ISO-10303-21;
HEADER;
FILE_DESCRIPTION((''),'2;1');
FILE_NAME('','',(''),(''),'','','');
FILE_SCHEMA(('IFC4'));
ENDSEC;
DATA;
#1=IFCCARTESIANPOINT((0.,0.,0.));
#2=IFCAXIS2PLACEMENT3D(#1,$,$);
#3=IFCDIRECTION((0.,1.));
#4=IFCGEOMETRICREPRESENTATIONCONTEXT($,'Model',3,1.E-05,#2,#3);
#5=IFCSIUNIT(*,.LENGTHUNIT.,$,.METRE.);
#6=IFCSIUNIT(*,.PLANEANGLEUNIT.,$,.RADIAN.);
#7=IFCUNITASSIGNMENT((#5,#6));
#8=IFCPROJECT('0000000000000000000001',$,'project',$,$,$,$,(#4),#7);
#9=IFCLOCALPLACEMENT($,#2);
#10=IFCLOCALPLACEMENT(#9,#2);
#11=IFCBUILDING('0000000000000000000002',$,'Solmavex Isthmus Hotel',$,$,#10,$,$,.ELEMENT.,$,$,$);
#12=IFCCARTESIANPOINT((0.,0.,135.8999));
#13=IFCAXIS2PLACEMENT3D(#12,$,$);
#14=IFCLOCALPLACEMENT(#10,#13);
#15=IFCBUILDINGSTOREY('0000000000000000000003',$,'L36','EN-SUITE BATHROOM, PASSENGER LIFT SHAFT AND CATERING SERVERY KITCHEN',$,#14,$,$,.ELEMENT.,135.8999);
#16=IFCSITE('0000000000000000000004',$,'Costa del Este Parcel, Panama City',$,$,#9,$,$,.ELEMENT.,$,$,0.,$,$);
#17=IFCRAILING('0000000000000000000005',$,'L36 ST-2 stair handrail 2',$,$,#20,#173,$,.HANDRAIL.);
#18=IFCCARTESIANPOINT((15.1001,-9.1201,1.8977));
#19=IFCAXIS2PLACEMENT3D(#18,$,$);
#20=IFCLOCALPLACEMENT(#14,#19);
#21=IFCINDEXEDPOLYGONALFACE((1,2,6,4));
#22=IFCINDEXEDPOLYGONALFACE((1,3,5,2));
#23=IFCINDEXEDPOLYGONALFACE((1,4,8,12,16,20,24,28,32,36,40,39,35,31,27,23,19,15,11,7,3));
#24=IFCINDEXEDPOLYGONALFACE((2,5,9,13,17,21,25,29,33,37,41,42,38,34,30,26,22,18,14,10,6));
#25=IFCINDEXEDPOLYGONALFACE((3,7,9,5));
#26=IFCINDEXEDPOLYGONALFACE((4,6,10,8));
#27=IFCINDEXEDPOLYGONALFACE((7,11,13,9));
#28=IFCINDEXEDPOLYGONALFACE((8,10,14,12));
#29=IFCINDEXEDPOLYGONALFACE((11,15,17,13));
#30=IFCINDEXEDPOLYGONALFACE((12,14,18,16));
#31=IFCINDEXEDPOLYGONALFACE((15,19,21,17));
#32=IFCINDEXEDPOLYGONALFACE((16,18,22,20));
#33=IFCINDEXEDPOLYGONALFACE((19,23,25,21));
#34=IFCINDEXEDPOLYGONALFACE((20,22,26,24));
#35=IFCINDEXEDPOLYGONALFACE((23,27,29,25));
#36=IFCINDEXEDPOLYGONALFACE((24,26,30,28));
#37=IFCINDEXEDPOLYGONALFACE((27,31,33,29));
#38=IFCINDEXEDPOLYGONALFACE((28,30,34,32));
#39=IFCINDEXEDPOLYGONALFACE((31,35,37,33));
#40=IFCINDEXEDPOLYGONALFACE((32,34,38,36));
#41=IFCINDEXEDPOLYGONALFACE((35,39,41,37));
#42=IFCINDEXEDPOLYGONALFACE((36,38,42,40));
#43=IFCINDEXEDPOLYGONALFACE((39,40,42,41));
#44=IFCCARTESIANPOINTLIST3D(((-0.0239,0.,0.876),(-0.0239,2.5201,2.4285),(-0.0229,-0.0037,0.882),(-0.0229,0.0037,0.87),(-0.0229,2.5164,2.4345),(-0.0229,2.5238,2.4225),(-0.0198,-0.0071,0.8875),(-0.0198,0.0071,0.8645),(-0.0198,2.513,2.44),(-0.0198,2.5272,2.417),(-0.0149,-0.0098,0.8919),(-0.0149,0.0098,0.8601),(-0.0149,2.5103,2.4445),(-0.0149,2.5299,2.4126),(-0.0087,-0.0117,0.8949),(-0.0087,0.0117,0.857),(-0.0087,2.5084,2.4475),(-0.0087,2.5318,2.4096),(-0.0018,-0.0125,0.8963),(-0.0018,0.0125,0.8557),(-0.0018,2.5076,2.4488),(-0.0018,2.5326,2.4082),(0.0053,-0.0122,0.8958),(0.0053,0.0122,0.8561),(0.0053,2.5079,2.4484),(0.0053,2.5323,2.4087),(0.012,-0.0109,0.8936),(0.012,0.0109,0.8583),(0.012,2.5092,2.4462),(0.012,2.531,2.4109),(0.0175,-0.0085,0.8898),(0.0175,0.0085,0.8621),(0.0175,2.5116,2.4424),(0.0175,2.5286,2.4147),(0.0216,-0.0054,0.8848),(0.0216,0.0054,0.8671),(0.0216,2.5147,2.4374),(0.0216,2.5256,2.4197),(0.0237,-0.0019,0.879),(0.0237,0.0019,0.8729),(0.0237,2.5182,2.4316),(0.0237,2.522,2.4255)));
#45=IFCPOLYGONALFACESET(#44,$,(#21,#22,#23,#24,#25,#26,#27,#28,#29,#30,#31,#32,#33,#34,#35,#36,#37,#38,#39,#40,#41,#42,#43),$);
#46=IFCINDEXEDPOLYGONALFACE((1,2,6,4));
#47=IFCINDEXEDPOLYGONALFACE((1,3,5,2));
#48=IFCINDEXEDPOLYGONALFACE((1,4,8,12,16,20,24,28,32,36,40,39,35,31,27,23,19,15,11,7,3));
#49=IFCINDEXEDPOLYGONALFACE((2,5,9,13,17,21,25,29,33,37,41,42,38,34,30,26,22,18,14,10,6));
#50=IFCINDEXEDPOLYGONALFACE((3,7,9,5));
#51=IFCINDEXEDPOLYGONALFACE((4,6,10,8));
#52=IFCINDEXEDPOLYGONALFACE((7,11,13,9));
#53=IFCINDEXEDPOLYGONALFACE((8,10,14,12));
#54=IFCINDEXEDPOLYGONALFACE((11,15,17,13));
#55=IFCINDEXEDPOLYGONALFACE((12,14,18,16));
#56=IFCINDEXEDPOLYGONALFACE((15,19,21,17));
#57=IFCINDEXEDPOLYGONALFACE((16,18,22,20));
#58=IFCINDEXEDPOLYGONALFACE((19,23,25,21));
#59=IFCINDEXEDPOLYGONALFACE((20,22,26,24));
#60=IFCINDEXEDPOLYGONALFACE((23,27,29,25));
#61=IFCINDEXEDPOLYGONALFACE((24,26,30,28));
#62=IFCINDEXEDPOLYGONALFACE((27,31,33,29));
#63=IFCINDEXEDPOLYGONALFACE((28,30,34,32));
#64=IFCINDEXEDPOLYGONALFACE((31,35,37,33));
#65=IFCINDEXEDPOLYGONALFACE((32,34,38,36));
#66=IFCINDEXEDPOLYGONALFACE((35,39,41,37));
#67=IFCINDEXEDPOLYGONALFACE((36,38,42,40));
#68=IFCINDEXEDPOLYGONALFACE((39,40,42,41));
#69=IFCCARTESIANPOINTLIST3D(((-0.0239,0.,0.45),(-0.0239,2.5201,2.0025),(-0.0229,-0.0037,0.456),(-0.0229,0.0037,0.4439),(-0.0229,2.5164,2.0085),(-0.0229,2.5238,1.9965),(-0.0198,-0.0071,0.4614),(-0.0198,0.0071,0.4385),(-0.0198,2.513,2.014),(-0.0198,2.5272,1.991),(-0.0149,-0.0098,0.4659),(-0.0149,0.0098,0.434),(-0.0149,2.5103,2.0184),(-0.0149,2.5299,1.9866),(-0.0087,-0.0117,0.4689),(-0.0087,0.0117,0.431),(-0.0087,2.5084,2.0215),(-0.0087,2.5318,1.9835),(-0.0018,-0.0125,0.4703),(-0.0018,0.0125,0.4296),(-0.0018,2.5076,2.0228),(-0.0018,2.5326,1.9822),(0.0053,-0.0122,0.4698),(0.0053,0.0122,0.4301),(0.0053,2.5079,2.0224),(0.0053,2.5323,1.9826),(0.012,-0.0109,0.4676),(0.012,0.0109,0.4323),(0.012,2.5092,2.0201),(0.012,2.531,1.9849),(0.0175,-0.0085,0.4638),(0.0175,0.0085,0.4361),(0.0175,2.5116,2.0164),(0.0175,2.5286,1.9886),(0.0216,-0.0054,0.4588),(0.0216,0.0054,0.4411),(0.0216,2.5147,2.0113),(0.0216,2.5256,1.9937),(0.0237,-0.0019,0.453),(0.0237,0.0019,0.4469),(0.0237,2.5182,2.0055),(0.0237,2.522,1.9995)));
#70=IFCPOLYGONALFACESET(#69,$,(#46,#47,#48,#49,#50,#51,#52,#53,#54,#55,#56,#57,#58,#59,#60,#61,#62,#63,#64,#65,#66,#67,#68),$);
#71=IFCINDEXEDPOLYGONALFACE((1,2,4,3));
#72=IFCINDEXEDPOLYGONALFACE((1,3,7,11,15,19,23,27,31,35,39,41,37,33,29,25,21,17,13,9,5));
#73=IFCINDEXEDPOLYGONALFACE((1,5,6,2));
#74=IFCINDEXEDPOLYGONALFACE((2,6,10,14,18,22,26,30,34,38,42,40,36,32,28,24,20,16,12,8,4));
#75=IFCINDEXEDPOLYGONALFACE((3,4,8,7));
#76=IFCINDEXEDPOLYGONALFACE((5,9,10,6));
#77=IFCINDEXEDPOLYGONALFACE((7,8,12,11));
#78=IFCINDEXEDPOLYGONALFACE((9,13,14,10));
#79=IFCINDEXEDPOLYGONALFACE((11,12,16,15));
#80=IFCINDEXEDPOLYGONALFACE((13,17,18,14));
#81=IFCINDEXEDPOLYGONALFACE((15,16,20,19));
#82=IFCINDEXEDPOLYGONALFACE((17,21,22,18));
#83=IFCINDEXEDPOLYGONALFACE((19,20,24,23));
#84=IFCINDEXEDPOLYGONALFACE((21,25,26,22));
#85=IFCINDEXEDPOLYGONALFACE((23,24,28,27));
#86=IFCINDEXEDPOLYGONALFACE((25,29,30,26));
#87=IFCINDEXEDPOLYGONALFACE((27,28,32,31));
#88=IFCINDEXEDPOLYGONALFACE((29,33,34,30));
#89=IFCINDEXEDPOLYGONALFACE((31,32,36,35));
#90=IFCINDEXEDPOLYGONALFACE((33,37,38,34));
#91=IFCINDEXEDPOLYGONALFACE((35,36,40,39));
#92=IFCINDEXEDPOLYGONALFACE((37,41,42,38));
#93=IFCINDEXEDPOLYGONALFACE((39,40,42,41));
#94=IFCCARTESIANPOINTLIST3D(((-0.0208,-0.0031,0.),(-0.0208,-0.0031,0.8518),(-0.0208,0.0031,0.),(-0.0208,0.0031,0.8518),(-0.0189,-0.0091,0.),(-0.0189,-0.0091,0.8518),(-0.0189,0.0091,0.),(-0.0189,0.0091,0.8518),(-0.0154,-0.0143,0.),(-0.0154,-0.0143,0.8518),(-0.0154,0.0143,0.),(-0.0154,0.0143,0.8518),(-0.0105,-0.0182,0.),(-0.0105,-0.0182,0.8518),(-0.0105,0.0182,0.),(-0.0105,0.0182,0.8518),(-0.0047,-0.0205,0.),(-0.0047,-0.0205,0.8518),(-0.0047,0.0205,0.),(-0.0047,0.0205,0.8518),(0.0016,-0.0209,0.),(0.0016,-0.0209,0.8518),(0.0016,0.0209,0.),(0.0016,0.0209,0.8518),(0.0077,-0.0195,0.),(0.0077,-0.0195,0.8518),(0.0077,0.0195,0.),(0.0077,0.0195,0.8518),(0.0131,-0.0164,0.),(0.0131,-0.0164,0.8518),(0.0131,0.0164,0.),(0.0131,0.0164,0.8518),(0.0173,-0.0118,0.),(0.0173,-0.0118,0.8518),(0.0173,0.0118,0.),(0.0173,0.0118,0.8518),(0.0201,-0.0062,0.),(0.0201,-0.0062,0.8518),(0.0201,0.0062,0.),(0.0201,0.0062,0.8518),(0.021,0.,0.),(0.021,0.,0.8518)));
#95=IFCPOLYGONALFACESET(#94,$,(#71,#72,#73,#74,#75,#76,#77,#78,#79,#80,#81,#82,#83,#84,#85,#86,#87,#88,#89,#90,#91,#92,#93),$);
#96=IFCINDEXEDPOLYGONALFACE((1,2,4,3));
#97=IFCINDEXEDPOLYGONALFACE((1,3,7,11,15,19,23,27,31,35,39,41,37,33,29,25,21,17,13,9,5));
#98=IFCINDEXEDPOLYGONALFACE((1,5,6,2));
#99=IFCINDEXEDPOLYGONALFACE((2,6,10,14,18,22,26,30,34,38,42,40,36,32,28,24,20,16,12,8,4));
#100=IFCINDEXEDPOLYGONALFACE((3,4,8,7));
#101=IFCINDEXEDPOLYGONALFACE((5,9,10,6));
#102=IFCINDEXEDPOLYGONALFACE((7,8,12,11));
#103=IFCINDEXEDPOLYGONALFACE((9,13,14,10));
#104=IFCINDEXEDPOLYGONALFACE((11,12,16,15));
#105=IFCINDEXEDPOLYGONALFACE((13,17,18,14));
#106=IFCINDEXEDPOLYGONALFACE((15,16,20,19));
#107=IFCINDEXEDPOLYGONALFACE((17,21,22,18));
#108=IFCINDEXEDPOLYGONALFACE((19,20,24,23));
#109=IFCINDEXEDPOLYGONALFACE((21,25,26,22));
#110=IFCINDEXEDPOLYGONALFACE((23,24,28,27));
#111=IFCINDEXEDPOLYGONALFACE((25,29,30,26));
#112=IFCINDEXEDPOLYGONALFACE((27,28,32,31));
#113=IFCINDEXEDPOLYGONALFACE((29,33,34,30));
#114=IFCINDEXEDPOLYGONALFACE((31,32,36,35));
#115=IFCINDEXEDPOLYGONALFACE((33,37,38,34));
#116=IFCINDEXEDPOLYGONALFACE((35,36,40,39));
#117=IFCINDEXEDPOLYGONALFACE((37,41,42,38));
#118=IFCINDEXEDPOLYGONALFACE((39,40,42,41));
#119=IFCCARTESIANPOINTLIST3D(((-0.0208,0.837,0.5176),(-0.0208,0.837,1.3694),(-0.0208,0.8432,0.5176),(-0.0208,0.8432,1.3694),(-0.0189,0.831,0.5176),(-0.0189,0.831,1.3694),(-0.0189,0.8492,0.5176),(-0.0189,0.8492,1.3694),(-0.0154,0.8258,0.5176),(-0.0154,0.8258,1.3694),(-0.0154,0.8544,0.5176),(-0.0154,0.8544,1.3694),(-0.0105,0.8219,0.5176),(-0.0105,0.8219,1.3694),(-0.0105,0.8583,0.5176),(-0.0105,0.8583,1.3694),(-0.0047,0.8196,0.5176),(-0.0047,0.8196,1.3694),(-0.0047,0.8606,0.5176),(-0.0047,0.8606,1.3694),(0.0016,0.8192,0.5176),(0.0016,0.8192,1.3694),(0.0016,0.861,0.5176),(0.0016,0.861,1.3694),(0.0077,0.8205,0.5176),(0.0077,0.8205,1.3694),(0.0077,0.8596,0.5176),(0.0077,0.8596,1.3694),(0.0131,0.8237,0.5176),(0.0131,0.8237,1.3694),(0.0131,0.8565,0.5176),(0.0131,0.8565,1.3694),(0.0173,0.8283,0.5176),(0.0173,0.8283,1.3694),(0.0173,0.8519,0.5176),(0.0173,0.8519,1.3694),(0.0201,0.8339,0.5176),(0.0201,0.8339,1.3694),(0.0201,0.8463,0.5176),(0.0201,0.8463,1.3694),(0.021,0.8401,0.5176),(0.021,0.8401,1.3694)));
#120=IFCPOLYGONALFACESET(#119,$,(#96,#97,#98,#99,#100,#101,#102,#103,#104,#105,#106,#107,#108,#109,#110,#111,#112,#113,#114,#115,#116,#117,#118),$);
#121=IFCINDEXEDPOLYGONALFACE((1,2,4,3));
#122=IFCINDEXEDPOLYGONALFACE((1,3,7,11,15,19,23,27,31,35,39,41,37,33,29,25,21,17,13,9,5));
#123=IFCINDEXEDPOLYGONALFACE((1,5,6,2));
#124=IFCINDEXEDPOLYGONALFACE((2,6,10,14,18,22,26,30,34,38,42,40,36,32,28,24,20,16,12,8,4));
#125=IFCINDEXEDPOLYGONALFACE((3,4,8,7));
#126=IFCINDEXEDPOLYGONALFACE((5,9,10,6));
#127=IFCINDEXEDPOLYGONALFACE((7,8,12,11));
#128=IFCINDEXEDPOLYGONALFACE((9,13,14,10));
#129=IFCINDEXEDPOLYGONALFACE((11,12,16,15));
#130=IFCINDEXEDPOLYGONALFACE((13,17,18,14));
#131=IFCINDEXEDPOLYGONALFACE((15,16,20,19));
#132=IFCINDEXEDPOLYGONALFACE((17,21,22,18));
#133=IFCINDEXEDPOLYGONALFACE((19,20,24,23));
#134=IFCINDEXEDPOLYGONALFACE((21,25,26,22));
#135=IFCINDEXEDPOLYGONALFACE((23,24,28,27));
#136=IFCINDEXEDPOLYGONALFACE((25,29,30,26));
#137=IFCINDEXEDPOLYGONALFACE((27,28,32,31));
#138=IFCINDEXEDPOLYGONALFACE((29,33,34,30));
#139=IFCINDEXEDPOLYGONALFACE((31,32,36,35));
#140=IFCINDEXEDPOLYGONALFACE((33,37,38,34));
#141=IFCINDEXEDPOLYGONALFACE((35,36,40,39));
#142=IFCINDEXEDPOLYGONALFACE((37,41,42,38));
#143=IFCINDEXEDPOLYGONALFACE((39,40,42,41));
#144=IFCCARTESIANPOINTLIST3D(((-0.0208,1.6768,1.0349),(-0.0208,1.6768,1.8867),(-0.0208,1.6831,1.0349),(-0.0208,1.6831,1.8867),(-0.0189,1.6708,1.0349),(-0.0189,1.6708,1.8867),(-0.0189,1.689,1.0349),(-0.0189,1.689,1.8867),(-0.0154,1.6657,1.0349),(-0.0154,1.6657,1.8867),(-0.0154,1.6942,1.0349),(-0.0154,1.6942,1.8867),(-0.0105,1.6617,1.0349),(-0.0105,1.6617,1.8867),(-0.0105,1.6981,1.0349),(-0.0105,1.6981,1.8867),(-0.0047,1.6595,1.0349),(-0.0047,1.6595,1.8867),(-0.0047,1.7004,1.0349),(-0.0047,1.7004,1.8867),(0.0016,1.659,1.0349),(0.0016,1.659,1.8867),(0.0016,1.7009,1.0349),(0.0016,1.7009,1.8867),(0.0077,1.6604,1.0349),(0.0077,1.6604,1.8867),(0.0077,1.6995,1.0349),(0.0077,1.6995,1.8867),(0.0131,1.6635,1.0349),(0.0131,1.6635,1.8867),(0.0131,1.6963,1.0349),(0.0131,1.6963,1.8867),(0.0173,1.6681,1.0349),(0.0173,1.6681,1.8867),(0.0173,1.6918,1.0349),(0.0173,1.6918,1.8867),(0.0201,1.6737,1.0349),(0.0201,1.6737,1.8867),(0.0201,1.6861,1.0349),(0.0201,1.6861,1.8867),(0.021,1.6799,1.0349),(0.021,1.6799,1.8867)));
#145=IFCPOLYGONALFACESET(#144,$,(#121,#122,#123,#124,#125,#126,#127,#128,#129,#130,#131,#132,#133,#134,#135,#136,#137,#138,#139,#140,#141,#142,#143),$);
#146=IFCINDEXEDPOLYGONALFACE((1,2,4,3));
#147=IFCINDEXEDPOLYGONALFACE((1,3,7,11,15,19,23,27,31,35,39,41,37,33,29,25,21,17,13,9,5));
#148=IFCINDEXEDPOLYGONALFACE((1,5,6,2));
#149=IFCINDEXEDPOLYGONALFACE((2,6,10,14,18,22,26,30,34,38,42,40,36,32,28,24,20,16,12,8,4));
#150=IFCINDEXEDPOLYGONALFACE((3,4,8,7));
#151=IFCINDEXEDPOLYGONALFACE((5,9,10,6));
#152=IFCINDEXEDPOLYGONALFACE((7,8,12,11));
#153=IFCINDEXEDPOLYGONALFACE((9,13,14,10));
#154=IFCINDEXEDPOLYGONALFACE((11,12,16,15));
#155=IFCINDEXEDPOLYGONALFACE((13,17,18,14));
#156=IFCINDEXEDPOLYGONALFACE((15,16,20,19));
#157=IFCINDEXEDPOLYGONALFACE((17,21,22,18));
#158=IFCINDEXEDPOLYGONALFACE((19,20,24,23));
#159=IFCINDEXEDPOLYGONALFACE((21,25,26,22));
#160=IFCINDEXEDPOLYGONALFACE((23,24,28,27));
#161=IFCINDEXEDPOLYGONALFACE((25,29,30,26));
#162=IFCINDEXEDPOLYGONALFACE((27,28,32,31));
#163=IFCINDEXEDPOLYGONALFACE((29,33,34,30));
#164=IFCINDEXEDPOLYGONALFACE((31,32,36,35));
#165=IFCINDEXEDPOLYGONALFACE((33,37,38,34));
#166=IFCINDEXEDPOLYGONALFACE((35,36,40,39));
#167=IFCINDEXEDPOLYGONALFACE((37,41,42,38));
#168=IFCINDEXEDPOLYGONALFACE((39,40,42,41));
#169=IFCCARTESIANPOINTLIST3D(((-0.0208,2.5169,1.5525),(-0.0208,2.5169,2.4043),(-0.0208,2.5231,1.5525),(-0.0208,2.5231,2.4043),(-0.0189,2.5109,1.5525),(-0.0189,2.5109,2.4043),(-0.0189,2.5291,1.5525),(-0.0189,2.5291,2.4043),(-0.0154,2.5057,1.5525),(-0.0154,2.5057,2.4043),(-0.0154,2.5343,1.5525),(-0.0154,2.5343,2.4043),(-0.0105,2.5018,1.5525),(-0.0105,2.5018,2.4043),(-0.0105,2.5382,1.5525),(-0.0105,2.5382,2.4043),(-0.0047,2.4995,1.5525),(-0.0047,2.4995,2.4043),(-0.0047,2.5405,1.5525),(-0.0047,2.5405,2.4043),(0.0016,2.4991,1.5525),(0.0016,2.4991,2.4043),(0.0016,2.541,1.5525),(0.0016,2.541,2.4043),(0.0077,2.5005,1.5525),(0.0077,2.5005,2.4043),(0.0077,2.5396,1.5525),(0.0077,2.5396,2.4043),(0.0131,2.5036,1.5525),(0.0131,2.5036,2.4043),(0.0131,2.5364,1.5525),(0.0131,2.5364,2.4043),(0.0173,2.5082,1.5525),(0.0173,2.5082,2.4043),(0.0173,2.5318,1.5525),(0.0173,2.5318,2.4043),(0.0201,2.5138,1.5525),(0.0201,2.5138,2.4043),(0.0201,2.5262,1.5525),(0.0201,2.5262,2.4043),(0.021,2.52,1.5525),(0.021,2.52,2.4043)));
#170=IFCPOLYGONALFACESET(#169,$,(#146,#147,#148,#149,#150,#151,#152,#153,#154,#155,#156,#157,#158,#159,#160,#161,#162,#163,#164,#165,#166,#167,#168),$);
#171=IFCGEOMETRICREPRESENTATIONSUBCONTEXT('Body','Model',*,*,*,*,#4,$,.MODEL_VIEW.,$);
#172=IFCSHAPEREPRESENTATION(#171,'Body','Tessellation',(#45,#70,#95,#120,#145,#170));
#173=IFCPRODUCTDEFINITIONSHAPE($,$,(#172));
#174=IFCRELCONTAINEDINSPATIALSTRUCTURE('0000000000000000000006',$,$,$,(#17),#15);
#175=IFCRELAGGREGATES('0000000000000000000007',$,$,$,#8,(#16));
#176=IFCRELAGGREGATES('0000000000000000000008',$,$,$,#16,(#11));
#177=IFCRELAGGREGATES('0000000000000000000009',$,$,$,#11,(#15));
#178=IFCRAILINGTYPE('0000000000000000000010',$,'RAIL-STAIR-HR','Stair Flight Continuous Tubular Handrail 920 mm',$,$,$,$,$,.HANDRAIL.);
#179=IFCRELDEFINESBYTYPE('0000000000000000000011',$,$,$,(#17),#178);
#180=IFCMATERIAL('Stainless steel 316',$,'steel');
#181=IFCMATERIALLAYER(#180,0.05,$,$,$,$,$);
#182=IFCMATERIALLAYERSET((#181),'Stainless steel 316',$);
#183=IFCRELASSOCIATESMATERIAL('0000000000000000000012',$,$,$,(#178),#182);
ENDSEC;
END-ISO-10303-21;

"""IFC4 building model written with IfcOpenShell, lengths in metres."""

from ifc_helpers import new_model, si_unit, direction, frame, origin, origin_2d, place, context, subcontext, project, spatial, circle, extrude, material, layer, layer_set, type_object, element, save


model = new_model("IFC4")

# Units and contexts
model_context = context("Model", 3, precision=1e-05, world=origin(), true_north=direction((0.0, 1.0)))
body_context = subcontext(model_context, "Body", "Model", "MODEL_VIEW")
ifc_project = project(units=[si_unit("LENGTHUNIT", "METRE"), si_unit("PLANEANGLEUNIT", "RADIAN")], contexts=[model_context])

# Site, building, storey
site_placement = place(None, origin())
site = spatial("IfcSite", under=ifc_project, at=site_placement, Name="Costa del Este Parcel, Panama City", CompositionType="ELEMENT", RefElevation=0.0)
building_placement = place(site_placement, origin())
building = spatial("IfcBuilding", under=site, at=building_placement, Name="Solmavex Isthmus Hotel", CompositionType="ELEMENT")
storey_placement = place(building_placement, frame((0.0, 0.0, 135.8999)))
storey = spatial("IfcBuildingStorey", under=building, at=storey_placement, Name="L36", Description="EN-SUITE BATHROOM, PASSENGER LIFT SHAFT AND CATERING SERVERY KITCHEN", CompositionType="ELEMENT", Elevation=135.8999)

# Railing
ifc_material_1 = material(Name="Stainless steel 316", Category="steel")
ifc_layer_1 = layer(ifc_material_1, 0.05)
ifc_layer_set_1 = layer_set([ifc_layer_1], Name="Stainless steel 316")
railing_type = type_object("IfcRailingType", Name="RAIL-STAIR-HR", Description="Stair Flight Continuous Tubular Handrail 920 mm", PredefinedType="HANDRAIL", material=ifc_layer_set_1)
railing_placement = place(storey_placement, frame((15.1001, -9.1201, 1.8977)))
element("IfcRailing", 1, at=railing_placement, inside=storey, type_object=railing_type, Name="L36 ST-2 stair handrail 2", PredefinedType="HANDRAIL", context=body_context, shape_type="SweptSolid", body=[
    extrude(circle(Radius=0.0239, at=origin_2d()), frame((0.0, 0.0, 0.876), z_axis=(0.0, 0.8514, 0.524516), x_axis=(-1.0, 0.0, 0.0)), (0.0, 0.0, 1.0), 2.96),
    extrude(circle(Radius=0.0239, at=origin_2d()), frame((0.0, 0.0, 0.45), z_axis=(0.0, 0.8514, 0.524516), x_axis=(-1.0, 0.0, 0.0)), (0.0, 0.0, 1.0), 2.96),
    extrude(circle(Radius=0.021, at=origin_2d()), origin(), (0.0, 0.0, 1.0), 0.8518),
    extrude(circle(Radius=0.021, at=origin_2d()), frame((0.0, 0.8401, 0.5176)), (0.0, 0.0, 1.0), 0.8518),
    extrude(circle(Radius=0.021, at=origin_2d()), frame((0.0, 1.6799, 1.0349)), (0.0, 0.0, 1.0), 0.8518),
    extrude(circle(Radius=0.021, at=origin_2d()), frame((0.0, 2.52, 1.5525)), (0.0, 0.0, 1.0), 0.8518),
])

save(model, "model.ifc")
